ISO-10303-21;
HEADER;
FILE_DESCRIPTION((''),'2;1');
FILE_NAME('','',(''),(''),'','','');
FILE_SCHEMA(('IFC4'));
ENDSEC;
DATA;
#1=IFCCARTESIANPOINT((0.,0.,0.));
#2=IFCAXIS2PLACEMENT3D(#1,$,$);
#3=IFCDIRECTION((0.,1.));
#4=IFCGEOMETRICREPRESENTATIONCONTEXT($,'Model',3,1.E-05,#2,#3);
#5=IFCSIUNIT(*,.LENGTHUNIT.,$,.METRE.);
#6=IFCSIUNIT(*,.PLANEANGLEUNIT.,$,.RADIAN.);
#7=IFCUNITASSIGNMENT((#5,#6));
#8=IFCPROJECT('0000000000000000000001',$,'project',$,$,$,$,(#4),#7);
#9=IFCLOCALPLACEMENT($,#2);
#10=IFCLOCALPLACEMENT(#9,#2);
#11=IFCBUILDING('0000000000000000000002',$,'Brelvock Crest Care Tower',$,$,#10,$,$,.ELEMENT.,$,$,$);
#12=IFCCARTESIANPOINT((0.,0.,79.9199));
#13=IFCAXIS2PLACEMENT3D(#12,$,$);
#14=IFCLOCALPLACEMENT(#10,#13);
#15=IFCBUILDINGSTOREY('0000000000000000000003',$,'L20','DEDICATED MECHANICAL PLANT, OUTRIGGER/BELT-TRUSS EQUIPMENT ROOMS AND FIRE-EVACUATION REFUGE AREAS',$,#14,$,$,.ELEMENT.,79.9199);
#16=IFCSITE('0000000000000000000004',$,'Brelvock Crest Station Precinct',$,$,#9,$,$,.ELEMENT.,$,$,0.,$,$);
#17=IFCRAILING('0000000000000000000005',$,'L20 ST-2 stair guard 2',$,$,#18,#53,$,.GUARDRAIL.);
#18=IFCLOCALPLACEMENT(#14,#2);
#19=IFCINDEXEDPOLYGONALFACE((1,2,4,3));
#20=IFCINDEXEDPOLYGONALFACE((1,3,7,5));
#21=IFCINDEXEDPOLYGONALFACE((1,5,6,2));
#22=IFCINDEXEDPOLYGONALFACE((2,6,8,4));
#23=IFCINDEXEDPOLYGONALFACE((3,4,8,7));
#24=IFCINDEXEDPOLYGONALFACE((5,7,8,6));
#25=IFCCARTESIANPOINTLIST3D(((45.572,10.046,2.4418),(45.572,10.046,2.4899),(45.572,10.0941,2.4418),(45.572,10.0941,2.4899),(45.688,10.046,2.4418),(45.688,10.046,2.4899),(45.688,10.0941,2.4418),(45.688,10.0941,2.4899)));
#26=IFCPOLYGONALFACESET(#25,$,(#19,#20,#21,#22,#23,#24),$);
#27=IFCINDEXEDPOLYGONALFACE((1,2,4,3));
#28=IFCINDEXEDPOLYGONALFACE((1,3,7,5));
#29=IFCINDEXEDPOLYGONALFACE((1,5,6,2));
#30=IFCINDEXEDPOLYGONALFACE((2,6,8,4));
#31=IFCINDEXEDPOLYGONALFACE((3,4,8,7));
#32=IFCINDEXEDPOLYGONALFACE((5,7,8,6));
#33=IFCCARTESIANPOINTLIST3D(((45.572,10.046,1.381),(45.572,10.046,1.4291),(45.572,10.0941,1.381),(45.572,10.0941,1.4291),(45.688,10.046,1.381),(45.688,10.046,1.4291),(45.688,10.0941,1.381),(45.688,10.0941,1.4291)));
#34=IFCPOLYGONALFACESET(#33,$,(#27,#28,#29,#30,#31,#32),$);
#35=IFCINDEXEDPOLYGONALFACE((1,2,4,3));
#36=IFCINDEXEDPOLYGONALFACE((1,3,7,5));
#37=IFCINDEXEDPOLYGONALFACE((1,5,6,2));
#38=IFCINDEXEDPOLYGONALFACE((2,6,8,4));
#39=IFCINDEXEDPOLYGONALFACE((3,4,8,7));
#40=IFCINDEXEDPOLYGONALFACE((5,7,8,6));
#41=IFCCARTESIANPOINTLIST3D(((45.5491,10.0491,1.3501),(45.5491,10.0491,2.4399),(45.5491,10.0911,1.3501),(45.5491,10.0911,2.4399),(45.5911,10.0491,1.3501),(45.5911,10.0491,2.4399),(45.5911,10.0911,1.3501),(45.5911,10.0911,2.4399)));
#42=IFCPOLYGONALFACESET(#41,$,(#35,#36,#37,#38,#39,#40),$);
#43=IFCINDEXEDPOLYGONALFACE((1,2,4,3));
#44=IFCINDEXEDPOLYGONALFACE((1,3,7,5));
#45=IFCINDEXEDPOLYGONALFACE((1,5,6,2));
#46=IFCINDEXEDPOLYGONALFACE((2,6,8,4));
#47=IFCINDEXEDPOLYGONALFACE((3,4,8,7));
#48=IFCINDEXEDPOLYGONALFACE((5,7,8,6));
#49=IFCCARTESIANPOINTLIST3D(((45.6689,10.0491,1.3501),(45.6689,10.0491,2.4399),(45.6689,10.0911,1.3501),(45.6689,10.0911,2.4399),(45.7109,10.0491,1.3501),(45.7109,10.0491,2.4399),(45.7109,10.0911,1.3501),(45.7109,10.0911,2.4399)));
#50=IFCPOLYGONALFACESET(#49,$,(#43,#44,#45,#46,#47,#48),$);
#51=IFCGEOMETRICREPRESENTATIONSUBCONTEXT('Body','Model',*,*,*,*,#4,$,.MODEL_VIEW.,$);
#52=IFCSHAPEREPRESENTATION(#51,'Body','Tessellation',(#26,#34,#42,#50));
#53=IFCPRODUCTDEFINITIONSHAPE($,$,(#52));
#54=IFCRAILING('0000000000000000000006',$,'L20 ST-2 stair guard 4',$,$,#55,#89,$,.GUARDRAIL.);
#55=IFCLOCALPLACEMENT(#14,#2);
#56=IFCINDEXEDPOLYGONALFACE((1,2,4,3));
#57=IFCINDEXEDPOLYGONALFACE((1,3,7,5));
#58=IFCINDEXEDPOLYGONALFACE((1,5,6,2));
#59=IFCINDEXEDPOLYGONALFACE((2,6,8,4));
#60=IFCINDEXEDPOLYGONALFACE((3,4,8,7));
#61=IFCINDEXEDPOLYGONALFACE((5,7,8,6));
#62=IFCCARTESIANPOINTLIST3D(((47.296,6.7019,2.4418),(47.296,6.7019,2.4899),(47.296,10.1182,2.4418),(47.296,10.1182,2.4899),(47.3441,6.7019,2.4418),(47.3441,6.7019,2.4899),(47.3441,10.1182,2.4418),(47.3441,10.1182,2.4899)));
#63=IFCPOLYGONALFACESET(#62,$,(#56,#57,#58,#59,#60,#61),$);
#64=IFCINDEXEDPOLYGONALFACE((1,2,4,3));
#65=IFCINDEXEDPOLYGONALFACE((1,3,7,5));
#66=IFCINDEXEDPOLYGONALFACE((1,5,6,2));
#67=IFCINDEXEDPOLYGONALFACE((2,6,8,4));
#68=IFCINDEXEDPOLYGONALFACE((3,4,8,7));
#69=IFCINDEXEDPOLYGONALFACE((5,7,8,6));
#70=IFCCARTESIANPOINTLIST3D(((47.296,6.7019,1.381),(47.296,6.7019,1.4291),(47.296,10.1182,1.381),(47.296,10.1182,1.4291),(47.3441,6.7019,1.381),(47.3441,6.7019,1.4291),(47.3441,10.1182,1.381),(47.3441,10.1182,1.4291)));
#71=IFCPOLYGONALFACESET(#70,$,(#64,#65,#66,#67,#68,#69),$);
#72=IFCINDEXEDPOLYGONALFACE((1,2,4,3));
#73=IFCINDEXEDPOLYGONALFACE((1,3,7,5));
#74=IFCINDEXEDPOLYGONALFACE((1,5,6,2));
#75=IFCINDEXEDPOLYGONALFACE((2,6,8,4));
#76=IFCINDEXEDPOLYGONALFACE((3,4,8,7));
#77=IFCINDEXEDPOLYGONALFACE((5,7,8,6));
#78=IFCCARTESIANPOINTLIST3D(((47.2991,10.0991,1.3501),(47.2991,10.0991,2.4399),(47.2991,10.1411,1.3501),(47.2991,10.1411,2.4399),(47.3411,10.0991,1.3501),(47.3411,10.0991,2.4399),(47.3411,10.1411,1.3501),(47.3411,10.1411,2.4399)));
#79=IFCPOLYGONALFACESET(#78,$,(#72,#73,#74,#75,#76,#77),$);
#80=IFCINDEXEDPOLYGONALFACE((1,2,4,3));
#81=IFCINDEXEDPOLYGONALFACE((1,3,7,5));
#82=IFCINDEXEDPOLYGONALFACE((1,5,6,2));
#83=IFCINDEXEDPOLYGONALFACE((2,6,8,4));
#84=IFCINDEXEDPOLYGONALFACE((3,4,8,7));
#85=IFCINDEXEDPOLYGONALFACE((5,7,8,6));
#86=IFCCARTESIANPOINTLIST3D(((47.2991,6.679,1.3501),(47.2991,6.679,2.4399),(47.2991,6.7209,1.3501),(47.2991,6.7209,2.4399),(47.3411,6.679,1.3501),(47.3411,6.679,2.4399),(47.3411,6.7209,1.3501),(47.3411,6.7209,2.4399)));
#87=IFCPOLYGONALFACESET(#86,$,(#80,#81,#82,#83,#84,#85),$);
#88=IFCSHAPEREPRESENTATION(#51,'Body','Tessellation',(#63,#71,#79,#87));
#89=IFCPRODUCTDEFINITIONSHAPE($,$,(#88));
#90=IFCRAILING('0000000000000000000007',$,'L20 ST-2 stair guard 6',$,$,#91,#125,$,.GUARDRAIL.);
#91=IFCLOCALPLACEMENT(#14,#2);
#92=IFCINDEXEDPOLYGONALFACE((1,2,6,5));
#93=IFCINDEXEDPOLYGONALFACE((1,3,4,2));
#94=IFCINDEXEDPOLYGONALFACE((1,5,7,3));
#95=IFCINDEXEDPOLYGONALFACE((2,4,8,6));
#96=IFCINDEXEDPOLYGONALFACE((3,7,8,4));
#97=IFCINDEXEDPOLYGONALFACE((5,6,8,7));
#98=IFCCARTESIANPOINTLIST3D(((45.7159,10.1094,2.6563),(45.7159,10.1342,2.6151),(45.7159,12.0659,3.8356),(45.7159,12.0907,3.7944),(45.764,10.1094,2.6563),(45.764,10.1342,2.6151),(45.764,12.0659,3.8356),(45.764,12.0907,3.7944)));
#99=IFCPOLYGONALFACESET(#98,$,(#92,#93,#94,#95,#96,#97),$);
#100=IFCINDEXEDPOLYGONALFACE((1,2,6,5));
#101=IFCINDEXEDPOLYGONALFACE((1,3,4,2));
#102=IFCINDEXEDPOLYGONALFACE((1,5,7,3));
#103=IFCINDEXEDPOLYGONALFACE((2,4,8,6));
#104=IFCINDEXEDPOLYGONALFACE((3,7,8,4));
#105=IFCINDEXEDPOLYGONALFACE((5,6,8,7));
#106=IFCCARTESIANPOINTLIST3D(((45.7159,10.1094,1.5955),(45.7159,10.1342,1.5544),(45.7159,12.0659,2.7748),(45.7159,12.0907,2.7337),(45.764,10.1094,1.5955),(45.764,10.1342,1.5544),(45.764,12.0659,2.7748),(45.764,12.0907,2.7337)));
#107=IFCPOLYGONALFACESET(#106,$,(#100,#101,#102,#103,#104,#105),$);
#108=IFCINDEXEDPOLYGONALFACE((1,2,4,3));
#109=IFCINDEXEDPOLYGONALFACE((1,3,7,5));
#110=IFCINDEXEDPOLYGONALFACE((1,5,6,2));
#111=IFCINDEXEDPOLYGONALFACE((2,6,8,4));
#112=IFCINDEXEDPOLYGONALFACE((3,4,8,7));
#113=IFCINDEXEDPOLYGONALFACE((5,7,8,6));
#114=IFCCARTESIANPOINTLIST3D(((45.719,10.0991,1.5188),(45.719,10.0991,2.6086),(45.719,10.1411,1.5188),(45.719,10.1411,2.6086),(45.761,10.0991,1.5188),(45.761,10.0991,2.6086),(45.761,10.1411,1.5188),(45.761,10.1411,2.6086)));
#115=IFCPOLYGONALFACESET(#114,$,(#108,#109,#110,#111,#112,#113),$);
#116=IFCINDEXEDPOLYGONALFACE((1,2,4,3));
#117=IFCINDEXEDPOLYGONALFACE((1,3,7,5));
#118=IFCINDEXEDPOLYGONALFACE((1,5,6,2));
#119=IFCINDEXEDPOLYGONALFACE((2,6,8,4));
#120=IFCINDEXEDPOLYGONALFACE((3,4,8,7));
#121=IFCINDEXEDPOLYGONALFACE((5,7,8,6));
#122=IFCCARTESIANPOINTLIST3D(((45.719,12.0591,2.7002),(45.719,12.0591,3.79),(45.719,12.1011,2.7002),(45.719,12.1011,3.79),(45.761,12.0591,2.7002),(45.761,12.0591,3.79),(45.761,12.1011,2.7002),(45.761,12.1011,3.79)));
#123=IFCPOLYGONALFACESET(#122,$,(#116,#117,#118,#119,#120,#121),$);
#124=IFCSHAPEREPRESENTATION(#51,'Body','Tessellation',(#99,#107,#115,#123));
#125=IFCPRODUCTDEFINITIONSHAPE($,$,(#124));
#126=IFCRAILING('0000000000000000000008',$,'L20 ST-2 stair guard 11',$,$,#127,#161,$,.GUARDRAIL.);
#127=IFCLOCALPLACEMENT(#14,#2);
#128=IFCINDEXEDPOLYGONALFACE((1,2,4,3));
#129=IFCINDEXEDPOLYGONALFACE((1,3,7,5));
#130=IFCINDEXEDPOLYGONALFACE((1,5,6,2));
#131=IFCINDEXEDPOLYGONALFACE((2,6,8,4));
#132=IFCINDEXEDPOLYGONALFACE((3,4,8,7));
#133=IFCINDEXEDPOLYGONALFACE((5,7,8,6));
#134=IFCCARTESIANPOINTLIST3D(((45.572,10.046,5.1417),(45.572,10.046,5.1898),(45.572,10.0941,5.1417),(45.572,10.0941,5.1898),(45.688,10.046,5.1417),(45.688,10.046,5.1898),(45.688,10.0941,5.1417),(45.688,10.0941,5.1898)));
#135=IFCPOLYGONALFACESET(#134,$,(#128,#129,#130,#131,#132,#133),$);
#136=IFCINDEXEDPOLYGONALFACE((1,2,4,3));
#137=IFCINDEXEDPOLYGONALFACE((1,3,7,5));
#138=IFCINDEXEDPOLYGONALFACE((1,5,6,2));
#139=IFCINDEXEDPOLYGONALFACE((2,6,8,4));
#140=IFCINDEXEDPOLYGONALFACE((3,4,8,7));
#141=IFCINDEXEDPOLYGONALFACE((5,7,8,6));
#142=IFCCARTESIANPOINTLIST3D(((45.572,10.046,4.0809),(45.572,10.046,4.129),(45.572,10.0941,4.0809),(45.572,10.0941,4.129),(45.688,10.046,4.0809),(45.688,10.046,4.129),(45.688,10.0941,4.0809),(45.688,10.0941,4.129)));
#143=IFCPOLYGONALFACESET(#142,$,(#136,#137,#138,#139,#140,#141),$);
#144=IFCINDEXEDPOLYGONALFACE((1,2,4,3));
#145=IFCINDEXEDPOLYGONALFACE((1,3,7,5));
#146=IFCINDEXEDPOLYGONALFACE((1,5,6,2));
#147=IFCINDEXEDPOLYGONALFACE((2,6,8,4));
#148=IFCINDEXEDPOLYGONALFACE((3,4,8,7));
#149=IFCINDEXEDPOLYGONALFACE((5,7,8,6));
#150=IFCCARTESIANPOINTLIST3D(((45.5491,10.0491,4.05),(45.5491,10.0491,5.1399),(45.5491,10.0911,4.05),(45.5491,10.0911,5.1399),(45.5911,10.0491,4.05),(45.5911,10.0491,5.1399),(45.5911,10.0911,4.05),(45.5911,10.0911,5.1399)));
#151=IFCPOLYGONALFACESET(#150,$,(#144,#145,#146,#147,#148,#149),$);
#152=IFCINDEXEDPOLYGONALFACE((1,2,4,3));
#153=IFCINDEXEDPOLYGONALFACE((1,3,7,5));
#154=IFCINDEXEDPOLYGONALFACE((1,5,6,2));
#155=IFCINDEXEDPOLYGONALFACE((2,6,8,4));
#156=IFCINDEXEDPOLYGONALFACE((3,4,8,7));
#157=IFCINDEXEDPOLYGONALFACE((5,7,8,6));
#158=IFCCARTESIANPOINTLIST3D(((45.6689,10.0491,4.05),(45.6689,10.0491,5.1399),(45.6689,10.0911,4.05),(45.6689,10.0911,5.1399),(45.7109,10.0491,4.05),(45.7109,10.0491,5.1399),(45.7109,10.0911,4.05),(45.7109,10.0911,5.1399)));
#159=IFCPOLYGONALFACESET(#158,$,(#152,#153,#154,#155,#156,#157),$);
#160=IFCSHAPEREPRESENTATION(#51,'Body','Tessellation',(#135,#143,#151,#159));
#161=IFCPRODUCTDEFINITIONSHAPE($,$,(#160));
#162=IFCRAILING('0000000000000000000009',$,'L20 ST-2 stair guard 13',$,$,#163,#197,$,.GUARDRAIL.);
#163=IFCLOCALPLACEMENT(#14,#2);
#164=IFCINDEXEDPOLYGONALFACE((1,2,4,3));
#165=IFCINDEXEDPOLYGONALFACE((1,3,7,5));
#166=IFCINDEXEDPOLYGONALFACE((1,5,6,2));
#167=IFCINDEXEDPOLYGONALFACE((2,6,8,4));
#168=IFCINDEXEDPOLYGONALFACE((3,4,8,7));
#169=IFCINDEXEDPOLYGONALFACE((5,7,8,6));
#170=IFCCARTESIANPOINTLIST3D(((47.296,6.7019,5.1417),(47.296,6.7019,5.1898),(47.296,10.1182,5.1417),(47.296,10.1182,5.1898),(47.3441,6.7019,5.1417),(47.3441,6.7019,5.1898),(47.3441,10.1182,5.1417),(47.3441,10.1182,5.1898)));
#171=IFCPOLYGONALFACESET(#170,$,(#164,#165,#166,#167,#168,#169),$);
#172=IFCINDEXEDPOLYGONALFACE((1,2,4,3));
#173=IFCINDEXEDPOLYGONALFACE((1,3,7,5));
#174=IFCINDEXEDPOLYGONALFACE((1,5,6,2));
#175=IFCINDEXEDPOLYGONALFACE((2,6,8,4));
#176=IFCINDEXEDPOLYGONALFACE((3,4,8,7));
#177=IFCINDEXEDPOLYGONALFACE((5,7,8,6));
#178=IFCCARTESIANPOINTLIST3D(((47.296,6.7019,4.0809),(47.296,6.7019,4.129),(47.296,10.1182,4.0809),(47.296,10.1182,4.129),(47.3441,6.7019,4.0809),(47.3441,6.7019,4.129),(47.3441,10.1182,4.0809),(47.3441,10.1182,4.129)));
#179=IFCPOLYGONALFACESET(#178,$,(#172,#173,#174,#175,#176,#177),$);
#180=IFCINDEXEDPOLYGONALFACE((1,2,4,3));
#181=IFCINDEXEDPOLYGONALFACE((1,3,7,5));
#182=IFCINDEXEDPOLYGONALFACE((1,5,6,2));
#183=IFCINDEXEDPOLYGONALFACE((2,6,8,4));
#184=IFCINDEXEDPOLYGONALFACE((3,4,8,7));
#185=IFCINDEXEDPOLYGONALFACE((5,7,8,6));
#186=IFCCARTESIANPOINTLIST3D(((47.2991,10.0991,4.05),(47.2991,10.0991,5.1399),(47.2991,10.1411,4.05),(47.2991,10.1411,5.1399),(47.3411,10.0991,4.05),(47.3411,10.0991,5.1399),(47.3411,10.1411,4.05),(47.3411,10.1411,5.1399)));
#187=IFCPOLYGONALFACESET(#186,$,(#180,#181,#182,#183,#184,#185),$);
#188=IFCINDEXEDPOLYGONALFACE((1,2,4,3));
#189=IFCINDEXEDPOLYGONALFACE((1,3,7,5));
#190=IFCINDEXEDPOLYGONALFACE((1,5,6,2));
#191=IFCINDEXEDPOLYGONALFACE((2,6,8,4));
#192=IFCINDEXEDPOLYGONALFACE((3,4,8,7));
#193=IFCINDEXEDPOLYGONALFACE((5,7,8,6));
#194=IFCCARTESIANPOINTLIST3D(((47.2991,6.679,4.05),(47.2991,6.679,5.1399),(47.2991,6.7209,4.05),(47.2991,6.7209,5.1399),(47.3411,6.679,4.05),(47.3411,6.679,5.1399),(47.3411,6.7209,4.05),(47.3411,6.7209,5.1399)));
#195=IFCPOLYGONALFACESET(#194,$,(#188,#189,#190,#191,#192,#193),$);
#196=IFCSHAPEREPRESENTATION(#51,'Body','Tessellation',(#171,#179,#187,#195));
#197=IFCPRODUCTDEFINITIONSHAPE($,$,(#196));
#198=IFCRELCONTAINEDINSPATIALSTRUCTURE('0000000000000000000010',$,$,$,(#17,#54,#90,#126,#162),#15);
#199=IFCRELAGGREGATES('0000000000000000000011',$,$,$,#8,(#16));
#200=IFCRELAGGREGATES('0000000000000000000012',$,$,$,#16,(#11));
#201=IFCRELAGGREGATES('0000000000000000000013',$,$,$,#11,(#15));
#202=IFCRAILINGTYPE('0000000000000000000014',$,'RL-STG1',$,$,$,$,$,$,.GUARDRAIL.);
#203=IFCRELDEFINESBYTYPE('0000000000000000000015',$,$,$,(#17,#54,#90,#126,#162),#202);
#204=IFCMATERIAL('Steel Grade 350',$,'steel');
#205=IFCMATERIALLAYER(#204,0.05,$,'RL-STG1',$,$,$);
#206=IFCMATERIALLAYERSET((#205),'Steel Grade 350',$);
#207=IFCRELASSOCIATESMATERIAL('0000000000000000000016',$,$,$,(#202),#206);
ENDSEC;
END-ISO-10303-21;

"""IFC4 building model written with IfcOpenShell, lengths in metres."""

from ifc_helpers import new_model, si_unit, direction, frame, origin, origin_2d, place, context, subcontext, project, spatial, rectangle, extrude, material, layer, layer_set, type_object, element, save


model = new_model("IFC4")

# Units and contexts
model_context = context("Model", 3, precision=1e-05, world=origin(), true_north=direction((0.0, 1.0)))
body_context = subcontext(model_context, "Body", "Model", "MODEL_VIEW")
ifc_project = project(units=[si_unit("LENGTHUNIT", "METRE"), si_unit("PLANEANGLEUNIT", "RADIAN")], contexts=[model_context])

# Site, building, storey
site_placement = place(None, origin())
site = spatial("IfcSite", under=ifc_project, at=site_placement, Name="Brelvock Crest Station Precinct", CompositionType="ELEMENT", RefElevation=0.0)
building_placement = place(site_placement, origin())
building = spatial("IfcBuilding", under=site, at=building_placement, Name="Brelvock Crest Care Tower", CompositionType="ELEMENT")
storey_placement = place(building_placement, frame((0.0, 0.0, 79.9199)))
storey = spatial("IfcBuildingStorey", under=building, at=storey_placement, Name="L20", Description="DEDICATED MECHANICAL PLANT, OUTRIGGER/BELT-TRUSS EQUIPMENT ROOMS AND FIRE-EVACUATION REFUGE AREAS", CompositionType="ELEMENT", Elevation=79.9199)

# Shared definitions
ifc_material_1 = material(Name="Steel Grade 350", Category="steel")

# Railings
ifc_layer_1 = layer(ifc_material_1, 0.05, Name="RL-STG1")
ifc_layer_set_1 = layer_set([ifc_layer_1], Name="Steel Grade 350")
railing_type_1 = type_object("IfcRailingType", Name="RL-STG1", PredefinedType="GUARDRAIL", material=ifc_layer_set_1)
railing_1_placement = place(storey_placement, frame((45.5701, 10.0701, 1.3501)))
element("IfcRailing", 1, at=railing_1_placement, inside=storey, type_object=railing_type_1, Name="L20 ST-2 stair guard 2", PredefinedType="GUARDRAIL", context=body_context, shape_type="SweptSolid", body=[
    extrude(rectangle(XDim=0.0481, YDim=0.0481, at=origin_2d()), frame((0.002, 0.0, 1.1157), z_axis=(1.0, 0.0, 0.0), x_axis=(0.0, 1.0, 0.0)), (0.0, 0.0, 1.0), 0.116),
    extrude(rectangle(XDim=0.0481, YDim=0.0481, at=origin_2d()), frame((0.002, 0.0, 0.0549), z_axis=(1.0, 0.0, 0.0), x_axis=(0.0, 1.0, 0.0)), (0.0, 0.0, 1.0), 0.116),
    extrude(rectangle(XDim=0.042, YDim=0.042, at=origin_2d()), origin(), (0.0, 0.0, 1.0), 1.0898),
    extrude(rectangle(XDim=0.042, YDim=0.042, at=origin_2d()), frame((0.1199, 0.0, 0.0)), (0.0, 0.0, 1.0), 1.0898),
])
railing_2_placement = place(storey_placement, frame((47.3201, 10.1201, 1.3501)))
element("IfcRailing", 2, at=railing_2_placement, inside=storey, type_object=railing_type_1, Name="L20 ST-2 stair guard 4", PredefinedType="GUARDRAIL", context=body_context, shape_type="SweptSolid", body=[
    extrude(rectangle(XDim=0.0481, YDim=0.0481, at=origin_2d()), frame((0.0, -0.002, 1.1157), z_axis=(0.0, -1.0, 0.0), x_axis=(1.0, 0.0, 0.0)), (0.0, 0.0, 1.0), 3.4163),
    extrude(rectangle(XDim=0.0481, YDim=0.0481, at=origin_2d()), frame((0.0, -0.002, 0.0549), z_axis=(0.0, -1.0, 0.0), x_axis=(1.0, 0.0, 0.0)), (0.0, 0.0, 1.0), 3.4163),
    extrude(rectangle(XDim=0.042, YDim=0.042, at=origin_2d()), origin(), (0.0, 0.0, 1.0), 1.0898),
    extrude(rectangle(XDim=0.042, YDim=0.042, at=origin_2d()), frame((0.0, -3.4202, 0.0)), (0.0, 0.0, 1.0), 1.0898),
])
railing_3_placement = place(storey_placement, frame((45.74, 10.1201, 1.5188)))
element("IfcRailing", 3, at=railing_3_placement, inside=storey, type_object=railing_type_1, Name="L20 ST-2 stair guard 6", PredefinedType="GUARDRAIL", context=body_context, shape_type="SweptSolid", body=[
    extrude(rectangle(XDim=0.0481, YDim=0.0481, at=origin_2d()), frame((0.0, 0.0017, 1.1169), z_axis=(0.0, 0.856446, 0.516236), x_axis=(-1.0, 0.0, 0.0)), (0.0, 0.0, 1.0), 2.2844),
    extrude(rectangle(XDim=0.0481, YDim=0.0481, at=origin_2d()), frame((0.0, 0.0017, 0.0562), z_axis=(0.0, 0.856446, 0.516236), x_axis=(-1.0, 0.0, 0.0)), (0.0, 0.0, 1.0), 2.2844),
    extrude(rectangle(XDim=0.042, YDim=0.042, at=origin_2d()), origin(), (0.0, 0.0, 1.0), 1.0898),
    extrude(rectangle(XDim=0.042, YDim=0.042, at=origin_2d()), frame((0.0, 1.96, 1.1814)), (0.0, 0.0, 1.0), 1.0898),
])
railing_4_placement = place(storey_placement, frame((45.5701, 10.0701, 4.05)))
element("IfcRailing", 4, at=railing_4_placement, inside=storey, type_object=railing_type_1, Name="L20 ST-2 stair guard 11", PredefinedType="GUARDRAIL", context=body_context, shape_type="SweptSolid", body=[
    extrude(rectangle(XDim=0.0481, YDim=0.0481, at=origin_2d()), frame((0.002, 0.0, 1.1157), z_axis=(1.0, 0.0, 0.0), x_axis=(0.0, 1.0, 0.0)), (0.0, 0.0, 1.0), 0.116),
    extrude(rectangle(XDim=0.0481, YDim=0.0481, at=origin_2d()), frame((0.002, 0.0, 0.0549), z_axis=(1.0, 0.0, 0.0), x_axis=(0.0, 1.0, 0.0)), (0.0, 0.0, 1.0), 0.116),
    extrude(rectangle(XDim=0.042, YDim=0.042, at=origin_2d()), origin(), (0.0, 0.0, 1.0), 1.0898),
    extrude(rectangle(XDim=0.042, YDim=0.042, at=origin_2d()), frame((0.1199, 0.0, 0.0)), (0.0, 0.0, 1.0), 1.0898),
])
railing_5_placement = place(storey_placement, frame((47.3201, 10.1201, 4.05)))
element("IfcRailing", 5, at=railing_5_placement, inside=storey, type_object=railing_type_1, Name="L20 ST-2 stair guard 13", PredefinedType="GUARDRAIL", context=body_context, shape_type="SweptSolid", body=[
    extrude(rectangle(XDim=0.0481, YDim=0.0481, at=origin_2d()), frame((0.0, -0.002, 1.1157), z_axis=(0.0, -1.0, 0.0), x_axis=(1.0, 0.0, 0.0)), (0.0, 0.0, 1.0), 3.4163),
    extrude(rectangle(XDim=0.0481, YDim=0.0481, at=origin_2d()), frame((0.0, -0.002, 0.0549), z_axis=(0.0, -1.0, 0.0), x_axis=(1.0, 0.0, 0.0)), (0.0, 0.0, 1.0), 3.4163),
    extrude(rectangle(XDim=0.042, YDim=0.042, at=origin_2d()), origin(), (0.0, 0.0, 1.0), 1.0898),
    extrude(rectangle(XDim=0.042, YDim=0.042, at=origin_2d()), frame((0.0, -3.4202, 0.0)), (0.0, 0.0, 1.0), 1.0898),
])

save(model, "model.ifc")
